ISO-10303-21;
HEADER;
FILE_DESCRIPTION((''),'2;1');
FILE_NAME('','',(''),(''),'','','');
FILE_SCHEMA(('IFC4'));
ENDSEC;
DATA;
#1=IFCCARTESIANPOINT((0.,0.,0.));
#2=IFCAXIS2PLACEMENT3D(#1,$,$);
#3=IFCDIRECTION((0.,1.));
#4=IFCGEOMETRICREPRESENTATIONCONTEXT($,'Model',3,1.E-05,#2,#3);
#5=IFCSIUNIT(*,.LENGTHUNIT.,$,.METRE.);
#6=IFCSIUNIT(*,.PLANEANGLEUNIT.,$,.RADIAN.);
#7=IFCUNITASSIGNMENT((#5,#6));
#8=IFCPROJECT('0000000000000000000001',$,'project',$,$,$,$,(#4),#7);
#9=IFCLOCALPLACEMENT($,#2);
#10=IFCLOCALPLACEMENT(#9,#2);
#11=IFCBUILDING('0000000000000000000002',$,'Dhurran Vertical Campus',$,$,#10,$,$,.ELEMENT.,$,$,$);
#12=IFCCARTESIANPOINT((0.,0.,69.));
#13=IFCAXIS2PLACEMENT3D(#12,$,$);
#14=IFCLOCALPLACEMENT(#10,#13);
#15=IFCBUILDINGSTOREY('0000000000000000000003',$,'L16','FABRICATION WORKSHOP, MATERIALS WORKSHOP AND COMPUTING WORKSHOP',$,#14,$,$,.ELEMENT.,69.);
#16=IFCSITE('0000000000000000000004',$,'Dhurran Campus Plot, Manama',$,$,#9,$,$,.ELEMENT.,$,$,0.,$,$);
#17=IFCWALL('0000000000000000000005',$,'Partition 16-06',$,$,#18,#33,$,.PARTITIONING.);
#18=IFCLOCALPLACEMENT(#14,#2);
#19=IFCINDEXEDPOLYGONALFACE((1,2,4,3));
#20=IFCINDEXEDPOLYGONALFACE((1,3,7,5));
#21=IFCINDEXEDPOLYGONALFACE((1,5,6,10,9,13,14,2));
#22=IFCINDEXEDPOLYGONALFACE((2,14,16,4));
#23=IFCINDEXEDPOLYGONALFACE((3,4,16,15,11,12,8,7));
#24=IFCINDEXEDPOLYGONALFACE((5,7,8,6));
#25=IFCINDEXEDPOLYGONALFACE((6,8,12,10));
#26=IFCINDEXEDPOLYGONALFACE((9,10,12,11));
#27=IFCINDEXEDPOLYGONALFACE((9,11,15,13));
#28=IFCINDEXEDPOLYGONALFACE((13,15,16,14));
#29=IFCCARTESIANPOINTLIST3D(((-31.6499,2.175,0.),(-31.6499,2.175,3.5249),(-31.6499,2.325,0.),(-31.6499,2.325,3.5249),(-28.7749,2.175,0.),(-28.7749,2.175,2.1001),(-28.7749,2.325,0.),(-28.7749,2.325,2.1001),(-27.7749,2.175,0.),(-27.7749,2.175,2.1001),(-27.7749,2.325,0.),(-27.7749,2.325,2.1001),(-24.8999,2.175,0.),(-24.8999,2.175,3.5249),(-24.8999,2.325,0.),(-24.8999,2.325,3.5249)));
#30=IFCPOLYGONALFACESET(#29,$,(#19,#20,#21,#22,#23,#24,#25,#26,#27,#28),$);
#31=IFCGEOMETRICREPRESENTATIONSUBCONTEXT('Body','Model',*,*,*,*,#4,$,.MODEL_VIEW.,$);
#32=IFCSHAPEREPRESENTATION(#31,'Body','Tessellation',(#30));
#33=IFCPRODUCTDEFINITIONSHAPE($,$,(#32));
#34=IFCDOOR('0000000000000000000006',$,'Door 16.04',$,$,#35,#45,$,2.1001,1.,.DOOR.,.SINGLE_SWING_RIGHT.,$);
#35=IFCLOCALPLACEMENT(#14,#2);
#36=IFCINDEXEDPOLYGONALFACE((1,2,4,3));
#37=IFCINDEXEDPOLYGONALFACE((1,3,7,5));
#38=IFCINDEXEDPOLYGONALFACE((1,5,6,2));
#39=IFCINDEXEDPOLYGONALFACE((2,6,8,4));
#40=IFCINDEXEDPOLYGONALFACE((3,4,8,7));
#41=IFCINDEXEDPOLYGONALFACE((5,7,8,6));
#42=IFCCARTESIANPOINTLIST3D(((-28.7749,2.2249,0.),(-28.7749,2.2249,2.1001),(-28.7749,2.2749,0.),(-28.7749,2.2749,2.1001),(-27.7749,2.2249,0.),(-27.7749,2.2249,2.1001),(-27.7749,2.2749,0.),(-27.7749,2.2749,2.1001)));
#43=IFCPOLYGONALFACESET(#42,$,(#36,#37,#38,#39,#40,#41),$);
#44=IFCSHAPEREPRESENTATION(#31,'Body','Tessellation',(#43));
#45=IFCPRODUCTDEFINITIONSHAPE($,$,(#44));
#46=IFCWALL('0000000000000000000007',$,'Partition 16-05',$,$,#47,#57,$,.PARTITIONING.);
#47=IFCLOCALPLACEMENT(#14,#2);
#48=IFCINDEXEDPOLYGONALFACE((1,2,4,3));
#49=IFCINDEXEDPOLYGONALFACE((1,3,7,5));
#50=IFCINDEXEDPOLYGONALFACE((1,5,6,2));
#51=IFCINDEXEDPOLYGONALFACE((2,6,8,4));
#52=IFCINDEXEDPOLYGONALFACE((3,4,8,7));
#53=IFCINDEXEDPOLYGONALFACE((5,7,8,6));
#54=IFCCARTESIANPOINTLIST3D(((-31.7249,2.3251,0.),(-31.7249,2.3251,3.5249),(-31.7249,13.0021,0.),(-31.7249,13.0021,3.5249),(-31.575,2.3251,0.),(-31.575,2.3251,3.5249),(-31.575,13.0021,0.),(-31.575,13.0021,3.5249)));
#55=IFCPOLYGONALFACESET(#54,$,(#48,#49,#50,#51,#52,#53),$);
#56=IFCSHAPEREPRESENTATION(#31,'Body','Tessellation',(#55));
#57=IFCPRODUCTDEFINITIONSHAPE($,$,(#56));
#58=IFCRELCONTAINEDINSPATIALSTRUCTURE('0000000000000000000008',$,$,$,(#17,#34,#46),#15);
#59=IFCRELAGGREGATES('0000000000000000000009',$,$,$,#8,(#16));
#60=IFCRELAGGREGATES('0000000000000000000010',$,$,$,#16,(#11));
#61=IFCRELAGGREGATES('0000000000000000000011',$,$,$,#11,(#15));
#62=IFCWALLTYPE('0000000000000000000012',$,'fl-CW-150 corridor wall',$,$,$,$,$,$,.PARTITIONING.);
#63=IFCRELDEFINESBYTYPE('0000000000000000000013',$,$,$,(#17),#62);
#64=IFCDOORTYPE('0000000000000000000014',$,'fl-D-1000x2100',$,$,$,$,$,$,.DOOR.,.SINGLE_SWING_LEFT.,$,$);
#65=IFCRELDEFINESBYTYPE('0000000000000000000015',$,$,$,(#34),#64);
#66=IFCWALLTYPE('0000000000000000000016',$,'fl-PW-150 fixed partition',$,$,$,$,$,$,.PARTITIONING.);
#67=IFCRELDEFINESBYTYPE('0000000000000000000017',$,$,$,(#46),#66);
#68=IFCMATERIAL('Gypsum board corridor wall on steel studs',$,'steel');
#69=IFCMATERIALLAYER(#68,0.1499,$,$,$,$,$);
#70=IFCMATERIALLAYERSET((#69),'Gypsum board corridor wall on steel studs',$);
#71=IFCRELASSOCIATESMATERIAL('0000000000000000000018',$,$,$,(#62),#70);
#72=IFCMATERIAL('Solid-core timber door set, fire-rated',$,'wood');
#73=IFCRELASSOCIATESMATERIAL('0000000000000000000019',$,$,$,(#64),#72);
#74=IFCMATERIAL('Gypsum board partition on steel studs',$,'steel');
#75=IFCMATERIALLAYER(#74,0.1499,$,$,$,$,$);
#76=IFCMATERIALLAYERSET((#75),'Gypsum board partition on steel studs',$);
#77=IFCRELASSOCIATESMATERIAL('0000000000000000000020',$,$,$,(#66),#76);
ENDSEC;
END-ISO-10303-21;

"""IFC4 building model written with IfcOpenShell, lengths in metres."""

from ifc_helpers import new_model, si_unit, direction, frame, frame_2d, origin, place, context, subcontext, project, spatial, rectangle, extrude, material, layer, layer_set, type_object, element, fill, save


model = new_model("IFC4")

# Units and contexts
model_context = context("Model", 3, precision=1e-05, world=origin(), true_north=direction((0.0, 1.0)))
body_context = subcontext(model_context, "Body", "Model", "MODEL_VIEW")
ifc_project = project(units=[si_unit("LENGTHUNIT", "METRE"), si_unit("PLANEANGLEUNIT", "RADIAN")], contexts=[model_context])

# Site, building, storey
site_placement = place(None, origin())
site = spatial("IfcSite", under=ifc_project, at=site_placement, Name="Dhurran Campus Plot, Manama", CompositionType="ELEMENT", RefElevation=0.0)
building_placement = place(site_placement, origin())
building = spatial("IfcBuilding", under=site, at=building_placement, Name="Dhurran Vertical Campus", CompositionType="ELEMENT")
storey_placement = place(building_placement, frame((0.0, 0.0, 69.0)))
storey = spatial("IfcBuildingStorey", under=building, at=storey_placement, Name="L16", Description="FABRICATION WORKSHOP, MATERIALS WORKSHOP AND COMPUTING WORKSHOP", CompositionType="ELEMENT", Elevation=69.0)

# Wall, opening, door
ifc_material_1 = material(Name="Gypsum board corridor wall on steel studs", Category="steel")
ifc_layer_1 = layer(ifc_material_1, 0.1499)
ifc_layer_set_1 = layer_set([ifc_layer_1], Name="Gypsum board corridor wall on steel studs")
wall_type_1 = type_object("IfcWallType", Name="fl-CW-150 corridor wall", PredefinedType="PARTITIONING", material=ifc_layer_set_1)
ifc_material_2 = material(Name="Solid-core timber door set, fire-rated", Category="wood")
door_type = type_object("IfcDoorType", Name="fl-D-1000x2100", OperationType="SINGLE_SWING_LEFT", PredefinedType="DOOR", material=ifc_material_2)
wall_1_placement = place(storey_placement, frame((-31.6499, 2.25, 0.0), z_axis=(0.0, 0.0, 1.0), x_axis=(1.0, 0.0, 0.0)))
wall_1 = element("IfcWall", 1, at=wall_1_placement, inside=storey, type_object=wall_type_1, Name="Partition 16-06", PredefinedType="PARTITIONING", context=body_context, shape_type="SweptSolid", body=[
    extrude(rectangle(XDim=6.75, YDim=0.1499, at=frame_2d((3.375, 0.0))), origin(), (0.0, 0.0, 1.0), 3.5249),
])
opening_1_placement = place(wall_1_placement, frame((2.875, 0.0, 0.0)))
opening_1 = element("IfcOpeningElement", 2, at=opening_1_placement, cuts=wall_1, PredefinedType="OPENING", context=body_context, shape_type="SweptSolid", body=[
    extrude(rectangle(XDim=1.0, YDim=2.1001, at=frame_2d((0.5, 1.05))), frame((0.0, 0.085, 0.0), z_axis=(0.0, -1.0, 0.0), x_axis=(1.0, 0.0, 0.0)), (0.0, 0.0, 1.0), 0.1699),
])
door_1_placement = place(opening_1_placement, origin())
door_1 = element("IfcDoor", 3, at=door_1_placement, inside=storey, type_object=door_type, Name="Door 16.04", OperationType="SINGLE_SWING_RIGHT", OverallHeight=2.1001, OverallWidth=1.0, PredefinedType="DOOR", context=body_context, shape_type="SweptSolid", body=[
    extrude(rectangle(XDim=1.0, YDim=2.1001, at=frame_2d((0.5, 1.05))), frame((0.0, 0.0249, 0.0), z_axis=(0.0, -1.0, 0.0), x_axis=(1.0, 0.0, 0.0)), (0.0, 0.0, 1.0), 0.05),
])
fill(opening_1, door_1)

# Wall
ifc_material_3 = material(Name="Gypsum board partition on steel studs", Category="steel")
ifc_layer_2 = layer(ifc_material_3, 0.1499)
ifc_layer_set_2 = layer_set([ifc_layer_2], Name="Gypsum board partition on steel studs")
wall_type_2 = type_object("IfcWallType", Name="fl-PW-150 fixed partition", PredefinedType="PARTITIONING", material=ifc_layer_set_2)
wall_2_placement = place(storey_placement, frame((-31.6499, 13.002, 0.0), z_axis=(0.0, 0.0, 1.0), x_axis=(0.0, -1.0, 0.0)))
element("IfcWall", 4, at=wall_2_placement, inside=storey, type_object=wall_type_2, Name="Partition 16-05", PredefinedType="PARTITIONING", context=body_context, shape_type="SweptSolid", body=[
    extrude(rectangle(XDim=10.677, YDim=0.1499, at=frame_2d((5.3384, 0.0))), origin(), (0.0, 0.0, 1.0), 3.5249),
])

save(model, "model.ifc")
